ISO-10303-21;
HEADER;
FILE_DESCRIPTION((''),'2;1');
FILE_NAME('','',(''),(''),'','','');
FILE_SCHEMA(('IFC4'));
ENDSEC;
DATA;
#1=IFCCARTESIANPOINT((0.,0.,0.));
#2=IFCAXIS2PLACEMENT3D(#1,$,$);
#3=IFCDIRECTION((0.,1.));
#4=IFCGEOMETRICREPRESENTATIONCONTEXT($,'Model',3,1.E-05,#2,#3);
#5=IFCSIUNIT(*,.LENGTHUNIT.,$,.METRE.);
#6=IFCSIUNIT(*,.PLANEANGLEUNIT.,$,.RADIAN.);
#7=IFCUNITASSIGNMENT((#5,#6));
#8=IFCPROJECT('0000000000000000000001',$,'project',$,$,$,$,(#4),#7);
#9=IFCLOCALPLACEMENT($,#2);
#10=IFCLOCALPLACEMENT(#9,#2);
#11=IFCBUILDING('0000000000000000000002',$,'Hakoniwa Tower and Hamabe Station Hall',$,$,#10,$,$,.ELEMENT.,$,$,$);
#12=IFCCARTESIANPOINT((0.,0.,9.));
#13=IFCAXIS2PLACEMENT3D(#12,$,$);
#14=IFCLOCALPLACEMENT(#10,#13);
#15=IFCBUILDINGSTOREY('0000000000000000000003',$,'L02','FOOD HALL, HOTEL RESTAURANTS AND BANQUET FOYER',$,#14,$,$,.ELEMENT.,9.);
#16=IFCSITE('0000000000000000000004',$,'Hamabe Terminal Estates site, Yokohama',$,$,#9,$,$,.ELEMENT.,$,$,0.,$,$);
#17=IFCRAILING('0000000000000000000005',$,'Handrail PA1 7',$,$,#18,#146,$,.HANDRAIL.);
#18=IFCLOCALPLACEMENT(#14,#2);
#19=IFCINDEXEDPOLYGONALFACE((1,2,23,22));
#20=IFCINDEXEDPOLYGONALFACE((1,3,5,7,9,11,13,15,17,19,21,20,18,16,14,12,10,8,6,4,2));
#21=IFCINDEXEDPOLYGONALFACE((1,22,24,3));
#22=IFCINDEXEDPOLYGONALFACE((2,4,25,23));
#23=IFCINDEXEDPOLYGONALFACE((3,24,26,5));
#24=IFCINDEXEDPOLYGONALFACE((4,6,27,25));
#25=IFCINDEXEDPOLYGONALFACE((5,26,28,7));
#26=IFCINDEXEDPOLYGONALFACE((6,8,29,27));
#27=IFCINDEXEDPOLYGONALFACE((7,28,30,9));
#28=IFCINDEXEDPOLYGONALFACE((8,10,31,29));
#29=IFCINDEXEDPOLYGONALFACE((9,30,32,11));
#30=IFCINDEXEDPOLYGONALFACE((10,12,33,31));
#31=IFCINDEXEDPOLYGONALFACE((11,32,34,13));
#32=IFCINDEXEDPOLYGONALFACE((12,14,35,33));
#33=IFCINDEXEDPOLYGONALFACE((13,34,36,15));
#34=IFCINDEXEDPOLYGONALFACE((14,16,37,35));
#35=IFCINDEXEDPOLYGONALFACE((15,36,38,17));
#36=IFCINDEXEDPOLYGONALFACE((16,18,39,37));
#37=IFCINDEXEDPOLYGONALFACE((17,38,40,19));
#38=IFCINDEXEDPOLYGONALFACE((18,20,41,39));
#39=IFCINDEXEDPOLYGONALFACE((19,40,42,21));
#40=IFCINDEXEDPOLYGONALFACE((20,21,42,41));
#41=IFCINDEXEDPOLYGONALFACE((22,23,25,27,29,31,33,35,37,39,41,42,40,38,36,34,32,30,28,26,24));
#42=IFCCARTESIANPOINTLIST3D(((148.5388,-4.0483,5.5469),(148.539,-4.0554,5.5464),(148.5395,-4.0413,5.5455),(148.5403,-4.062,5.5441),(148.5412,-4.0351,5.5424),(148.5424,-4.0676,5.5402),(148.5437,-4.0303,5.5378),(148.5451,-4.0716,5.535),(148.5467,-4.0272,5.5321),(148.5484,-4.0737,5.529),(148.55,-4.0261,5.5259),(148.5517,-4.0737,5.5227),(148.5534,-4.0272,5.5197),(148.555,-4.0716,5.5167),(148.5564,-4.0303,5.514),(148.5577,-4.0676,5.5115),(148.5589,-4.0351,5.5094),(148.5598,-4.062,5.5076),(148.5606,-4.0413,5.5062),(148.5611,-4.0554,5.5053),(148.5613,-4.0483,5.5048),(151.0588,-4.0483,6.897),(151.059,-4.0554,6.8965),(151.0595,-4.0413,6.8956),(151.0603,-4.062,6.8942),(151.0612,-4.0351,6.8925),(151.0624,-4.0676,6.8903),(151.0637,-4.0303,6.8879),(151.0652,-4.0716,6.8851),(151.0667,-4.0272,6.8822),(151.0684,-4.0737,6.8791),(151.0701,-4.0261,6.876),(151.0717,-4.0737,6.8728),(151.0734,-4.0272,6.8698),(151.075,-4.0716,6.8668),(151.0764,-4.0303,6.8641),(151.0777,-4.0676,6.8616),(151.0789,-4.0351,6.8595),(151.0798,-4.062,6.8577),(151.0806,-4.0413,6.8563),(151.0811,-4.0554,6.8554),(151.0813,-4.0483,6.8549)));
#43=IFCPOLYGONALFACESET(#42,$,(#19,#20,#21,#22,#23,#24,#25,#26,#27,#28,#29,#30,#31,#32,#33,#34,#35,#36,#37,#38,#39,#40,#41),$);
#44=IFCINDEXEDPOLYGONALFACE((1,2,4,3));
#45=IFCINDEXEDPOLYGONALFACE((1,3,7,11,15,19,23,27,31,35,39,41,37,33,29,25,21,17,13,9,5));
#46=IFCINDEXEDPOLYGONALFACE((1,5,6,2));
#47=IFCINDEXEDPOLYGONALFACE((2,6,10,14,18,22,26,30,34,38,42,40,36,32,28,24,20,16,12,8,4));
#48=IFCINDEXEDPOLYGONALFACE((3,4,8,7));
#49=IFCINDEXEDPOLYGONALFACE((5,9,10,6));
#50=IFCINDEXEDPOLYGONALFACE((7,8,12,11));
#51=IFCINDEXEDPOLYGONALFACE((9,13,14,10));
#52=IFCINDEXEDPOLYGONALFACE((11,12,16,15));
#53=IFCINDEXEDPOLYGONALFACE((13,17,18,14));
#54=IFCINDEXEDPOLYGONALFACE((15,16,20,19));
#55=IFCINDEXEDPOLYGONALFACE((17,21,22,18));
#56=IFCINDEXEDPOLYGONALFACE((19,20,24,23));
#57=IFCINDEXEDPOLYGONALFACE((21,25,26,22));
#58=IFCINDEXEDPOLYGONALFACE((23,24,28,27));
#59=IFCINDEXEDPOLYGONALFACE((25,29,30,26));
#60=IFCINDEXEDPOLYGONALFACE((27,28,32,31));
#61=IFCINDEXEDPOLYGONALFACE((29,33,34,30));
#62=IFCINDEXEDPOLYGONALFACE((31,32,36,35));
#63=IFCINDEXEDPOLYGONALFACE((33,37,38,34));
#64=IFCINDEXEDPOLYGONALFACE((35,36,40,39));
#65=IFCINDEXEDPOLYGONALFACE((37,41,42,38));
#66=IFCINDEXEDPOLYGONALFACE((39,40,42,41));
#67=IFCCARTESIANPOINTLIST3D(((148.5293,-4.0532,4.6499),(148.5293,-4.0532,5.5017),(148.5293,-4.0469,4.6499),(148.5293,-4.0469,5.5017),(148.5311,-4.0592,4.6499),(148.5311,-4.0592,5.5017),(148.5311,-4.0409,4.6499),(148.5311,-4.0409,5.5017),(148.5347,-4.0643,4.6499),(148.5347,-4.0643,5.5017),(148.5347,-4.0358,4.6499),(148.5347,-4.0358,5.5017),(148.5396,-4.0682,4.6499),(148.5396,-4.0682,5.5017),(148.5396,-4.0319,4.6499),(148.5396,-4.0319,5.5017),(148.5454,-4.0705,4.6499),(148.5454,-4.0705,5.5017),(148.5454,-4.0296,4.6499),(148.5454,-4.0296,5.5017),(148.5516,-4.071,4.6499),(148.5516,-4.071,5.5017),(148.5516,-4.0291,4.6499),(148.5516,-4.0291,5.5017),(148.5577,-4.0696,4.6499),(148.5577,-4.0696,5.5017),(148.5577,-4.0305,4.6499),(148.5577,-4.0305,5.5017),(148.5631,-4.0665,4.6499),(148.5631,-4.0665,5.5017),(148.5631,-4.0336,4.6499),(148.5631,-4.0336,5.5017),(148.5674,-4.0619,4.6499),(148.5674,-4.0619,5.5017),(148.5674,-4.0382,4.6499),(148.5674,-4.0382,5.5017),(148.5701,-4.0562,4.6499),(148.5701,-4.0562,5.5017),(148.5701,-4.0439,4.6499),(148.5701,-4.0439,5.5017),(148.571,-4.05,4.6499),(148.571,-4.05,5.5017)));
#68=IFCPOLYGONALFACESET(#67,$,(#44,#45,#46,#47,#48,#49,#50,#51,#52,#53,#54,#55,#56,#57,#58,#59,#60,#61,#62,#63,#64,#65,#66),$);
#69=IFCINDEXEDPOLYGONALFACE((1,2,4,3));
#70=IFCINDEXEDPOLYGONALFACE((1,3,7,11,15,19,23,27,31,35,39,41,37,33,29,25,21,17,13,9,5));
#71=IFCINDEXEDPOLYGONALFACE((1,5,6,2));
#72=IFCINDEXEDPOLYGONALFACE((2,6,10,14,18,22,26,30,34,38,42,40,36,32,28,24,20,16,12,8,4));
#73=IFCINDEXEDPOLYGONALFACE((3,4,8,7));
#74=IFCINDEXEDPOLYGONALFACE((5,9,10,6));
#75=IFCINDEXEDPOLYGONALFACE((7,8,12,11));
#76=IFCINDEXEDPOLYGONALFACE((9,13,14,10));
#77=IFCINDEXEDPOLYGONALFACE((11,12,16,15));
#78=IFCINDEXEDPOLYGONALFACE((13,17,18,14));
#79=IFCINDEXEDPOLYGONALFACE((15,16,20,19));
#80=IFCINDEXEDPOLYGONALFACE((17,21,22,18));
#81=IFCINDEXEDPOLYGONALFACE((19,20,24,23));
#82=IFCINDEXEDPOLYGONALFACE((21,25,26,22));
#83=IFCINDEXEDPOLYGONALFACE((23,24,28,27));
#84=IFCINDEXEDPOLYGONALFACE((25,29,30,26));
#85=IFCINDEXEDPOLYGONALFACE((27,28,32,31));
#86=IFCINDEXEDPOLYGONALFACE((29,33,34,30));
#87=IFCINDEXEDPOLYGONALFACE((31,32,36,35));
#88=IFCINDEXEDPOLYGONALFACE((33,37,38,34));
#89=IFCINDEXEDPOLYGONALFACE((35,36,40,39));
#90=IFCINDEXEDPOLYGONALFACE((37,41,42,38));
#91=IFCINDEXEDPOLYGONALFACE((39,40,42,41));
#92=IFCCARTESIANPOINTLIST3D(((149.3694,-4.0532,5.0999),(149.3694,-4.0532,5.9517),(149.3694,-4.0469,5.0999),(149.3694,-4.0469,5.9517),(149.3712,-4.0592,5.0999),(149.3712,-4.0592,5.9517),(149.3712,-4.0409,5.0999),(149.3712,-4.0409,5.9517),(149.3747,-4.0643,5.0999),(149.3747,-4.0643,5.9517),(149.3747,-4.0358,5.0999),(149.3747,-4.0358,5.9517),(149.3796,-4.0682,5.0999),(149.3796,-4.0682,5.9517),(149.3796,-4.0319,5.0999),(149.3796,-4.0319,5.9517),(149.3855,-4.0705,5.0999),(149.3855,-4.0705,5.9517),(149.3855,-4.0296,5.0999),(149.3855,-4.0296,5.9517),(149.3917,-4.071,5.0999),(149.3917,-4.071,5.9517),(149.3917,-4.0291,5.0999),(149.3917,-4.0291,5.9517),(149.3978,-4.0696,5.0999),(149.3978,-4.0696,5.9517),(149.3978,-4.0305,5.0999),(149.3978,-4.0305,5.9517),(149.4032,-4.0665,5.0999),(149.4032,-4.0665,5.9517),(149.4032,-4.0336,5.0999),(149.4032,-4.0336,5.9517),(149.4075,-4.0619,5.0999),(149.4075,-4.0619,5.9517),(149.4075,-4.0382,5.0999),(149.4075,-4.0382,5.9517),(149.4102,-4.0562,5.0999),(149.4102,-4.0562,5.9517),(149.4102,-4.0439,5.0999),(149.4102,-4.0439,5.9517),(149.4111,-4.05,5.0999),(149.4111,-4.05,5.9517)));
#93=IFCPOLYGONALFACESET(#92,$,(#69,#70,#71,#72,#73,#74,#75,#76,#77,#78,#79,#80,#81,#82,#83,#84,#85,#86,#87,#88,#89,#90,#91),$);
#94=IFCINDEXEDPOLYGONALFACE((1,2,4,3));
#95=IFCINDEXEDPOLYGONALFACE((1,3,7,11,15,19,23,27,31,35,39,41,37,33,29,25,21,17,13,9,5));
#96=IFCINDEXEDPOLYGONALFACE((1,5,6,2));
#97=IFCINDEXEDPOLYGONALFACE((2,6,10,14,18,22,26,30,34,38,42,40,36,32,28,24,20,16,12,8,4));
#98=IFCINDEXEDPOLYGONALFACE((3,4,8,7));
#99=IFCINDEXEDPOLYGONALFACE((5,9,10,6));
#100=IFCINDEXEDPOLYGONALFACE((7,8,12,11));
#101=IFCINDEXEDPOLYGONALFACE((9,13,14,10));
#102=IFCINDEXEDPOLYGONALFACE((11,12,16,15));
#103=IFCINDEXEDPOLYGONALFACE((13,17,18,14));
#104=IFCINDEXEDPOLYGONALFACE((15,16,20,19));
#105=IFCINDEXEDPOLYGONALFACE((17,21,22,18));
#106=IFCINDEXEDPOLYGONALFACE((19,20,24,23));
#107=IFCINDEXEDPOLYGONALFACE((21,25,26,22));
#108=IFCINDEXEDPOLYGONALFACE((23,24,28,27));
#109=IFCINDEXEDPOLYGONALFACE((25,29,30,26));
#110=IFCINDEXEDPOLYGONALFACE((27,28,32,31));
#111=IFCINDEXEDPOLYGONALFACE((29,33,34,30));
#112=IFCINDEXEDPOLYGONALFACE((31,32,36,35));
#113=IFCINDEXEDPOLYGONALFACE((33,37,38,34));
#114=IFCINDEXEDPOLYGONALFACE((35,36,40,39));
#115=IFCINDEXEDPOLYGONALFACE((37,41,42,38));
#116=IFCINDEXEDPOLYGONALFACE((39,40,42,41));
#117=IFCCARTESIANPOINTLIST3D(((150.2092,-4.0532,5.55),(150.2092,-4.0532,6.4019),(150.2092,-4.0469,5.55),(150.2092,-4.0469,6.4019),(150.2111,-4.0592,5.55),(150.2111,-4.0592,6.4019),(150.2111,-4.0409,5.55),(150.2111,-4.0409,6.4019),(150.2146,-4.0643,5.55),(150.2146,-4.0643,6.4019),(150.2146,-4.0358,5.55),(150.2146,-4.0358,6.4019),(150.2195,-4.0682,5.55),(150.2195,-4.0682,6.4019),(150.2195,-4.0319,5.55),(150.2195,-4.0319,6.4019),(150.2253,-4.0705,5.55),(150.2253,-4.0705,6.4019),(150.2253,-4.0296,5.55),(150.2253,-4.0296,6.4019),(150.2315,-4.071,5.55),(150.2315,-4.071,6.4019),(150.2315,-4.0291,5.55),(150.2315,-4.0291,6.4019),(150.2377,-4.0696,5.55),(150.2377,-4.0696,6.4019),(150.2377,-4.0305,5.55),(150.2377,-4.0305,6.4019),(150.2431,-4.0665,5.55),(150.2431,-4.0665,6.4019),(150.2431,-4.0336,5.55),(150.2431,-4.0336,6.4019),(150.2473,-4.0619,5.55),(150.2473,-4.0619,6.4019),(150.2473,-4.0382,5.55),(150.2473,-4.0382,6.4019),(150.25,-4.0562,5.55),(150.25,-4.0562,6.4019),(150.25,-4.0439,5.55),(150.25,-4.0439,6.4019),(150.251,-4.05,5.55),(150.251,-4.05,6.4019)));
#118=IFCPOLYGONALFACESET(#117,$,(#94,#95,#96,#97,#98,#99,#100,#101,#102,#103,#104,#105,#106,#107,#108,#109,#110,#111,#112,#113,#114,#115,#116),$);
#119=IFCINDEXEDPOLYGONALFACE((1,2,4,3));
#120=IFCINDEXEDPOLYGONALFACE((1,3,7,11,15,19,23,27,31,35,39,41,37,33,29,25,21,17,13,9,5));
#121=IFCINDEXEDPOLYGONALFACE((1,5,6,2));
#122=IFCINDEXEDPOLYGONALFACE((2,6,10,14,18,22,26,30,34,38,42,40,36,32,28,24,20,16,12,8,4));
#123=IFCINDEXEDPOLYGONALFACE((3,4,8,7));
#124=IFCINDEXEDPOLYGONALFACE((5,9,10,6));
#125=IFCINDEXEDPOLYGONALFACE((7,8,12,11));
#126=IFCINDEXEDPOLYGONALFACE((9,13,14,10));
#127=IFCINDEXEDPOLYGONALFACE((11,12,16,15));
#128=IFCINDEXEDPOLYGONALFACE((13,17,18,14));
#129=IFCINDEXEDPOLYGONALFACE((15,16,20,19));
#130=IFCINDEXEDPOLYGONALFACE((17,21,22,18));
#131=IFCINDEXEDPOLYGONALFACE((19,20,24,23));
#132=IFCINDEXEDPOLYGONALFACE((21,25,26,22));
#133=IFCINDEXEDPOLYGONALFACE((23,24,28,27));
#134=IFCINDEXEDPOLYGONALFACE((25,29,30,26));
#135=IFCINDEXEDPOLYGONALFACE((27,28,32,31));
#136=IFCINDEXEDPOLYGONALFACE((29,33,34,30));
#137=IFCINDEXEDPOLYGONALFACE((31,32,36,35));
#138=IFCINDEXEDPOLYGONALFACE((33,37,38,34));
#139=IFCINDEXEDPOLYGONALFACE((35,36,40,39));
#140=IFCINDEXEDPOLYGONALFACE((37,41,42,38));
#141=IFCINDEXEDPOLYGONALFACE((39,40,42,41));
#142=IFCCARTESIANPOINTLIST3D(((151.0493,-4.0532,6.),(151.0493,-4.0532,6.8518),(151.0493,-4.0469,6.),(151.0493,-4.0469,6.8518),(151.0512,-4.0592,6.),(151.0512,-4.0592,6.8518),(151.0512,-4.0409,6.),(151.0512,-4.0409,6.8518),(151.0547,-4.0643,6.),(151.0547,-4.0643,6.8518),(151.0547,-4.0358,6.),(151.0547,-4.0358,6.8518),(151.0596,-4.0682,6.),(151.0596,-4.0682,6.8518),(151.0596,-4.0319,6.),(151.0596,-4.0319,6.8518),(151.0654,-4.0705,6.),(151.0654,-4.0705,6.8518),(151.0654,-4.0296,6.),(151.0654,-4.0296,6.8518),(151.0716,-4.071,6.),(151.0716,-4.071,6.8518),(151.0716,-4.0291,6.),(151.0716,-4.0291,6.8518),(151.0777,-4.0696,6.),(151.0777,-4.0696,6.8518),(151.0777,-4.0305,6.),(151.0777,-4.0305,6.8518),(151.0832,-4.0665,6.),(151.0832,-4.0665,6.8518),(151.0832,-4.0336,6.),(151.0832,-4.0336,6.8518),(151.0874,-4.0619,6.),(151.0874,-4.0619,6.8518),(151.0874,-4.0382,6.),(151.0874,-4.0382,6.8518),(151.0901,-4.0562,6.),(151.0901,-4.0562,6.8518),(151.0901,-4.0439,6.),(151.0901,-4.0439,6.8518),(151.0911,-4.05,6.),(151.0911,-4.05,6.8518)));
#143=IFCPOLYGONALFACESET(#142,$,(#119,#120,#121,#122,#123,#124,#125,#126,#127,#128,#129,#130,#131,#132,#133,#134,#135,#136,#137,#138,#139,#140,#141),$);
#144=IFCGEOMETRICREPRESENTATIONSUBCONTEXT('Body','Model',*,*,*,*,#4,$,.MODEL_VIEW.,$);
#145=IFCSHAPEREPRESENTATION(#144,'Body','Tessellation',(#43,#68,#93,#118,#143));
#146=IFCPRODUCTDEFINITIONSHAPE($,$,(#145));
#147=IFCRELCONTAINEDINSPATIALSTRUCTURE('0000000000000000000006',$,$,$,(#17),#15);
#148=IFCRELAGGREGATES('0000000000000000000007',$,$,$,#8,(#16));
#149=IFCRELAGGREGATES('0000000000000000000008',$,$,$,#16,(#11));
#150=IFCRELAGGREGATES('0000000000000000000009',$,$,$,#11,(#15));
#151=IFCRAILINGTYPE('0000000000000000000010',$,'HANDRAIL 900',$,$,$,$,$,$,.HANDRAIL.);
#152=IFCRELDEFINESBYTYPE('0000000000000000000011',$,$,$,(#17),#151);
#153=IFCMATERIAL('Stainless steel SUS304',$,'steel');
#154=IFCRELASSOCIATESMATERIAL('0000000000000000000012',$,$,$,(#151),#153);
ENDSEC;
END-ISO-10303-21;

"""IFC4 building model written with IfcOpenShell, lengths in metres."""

from ifc_helpers import new_model, si_unit, direction, frame, origin, origin_2d, place, context, subcontext, project, spatial, circle, extrude, material, type_object, element, save


model = new_model("IFC4")

# Units and contexts
model_context = context("Model", 3, precision=1e-05, world=origin(), true_north=direction((0.0, 1.0)))
body_context = subcontext(model_context, "Body", "Model", "MODEL_VIEW")
ifc_project = project(units=[si_unit("LENGTHUNIT", "METRE"), si_unit("PLANEANGLEUNIT", "RADIAN")], contexts=[model_context])

# Site, building, storey
site_placement = place(None, origin())
site = spatial("IfcSite", under=ifc_project, at=site_placement, Name="Hamabe Terminal Estates site, Yokohama", CompositionType="ELEMENT", RefElevation=0.0)
building_placement = place(site_placement, origin())
building = spatial("IfcBuilding", under=site, at=building_placement, Name="Hakoniwa Tower and Hamabe Station Hall", CompositionType="ELEMENT")
storey_placement = place(building_placement, frame((0.0, 0.0, 9.0)))
storey = spatial("IfcBuildingStorey", under=building, at=storey_placement, Name="L02", Description="FOOD HALL, HOTEL RESTAURANTS AND BANQUET FOYER", CompositionType="ELEMENT", Elevation=9.0)

# Railing
ifc_material_1 = material(Name="Stainless steel SUS304", Category="steel")
railing_type_1 = type_object("IfcRailingType", Name="HANDRAIL 900", PredefinedType="HANDRAIL", material=ifc_material_1)
for number, where, name in (
    (1, (148.55, -4.05, 4.6499), "Handrail PA1 7"),
):
    element("IfcRailing", number, at=place(storey_placement, frame(where)), inside=storey, type_object=railing_type_1, Name=name, PredefinedType="HANDRAIL", context=body_context, shape_type="SweptSolid", body=[
        extrude(circle(Radius=0.0239, at=origin_2d()), frame((0.0, 0.0, 0.876), z_axis=(0.881467, 0.0, 0.472245), x_axis=(0.0, 1.0, 0.0)), (0.0, 0.0, 1.0), 2.8589),
        extrude(circle(Radius=0.021, at=origin_2d()), origin(), (0.0, 0.0, 1.0), 0.8518),
        extrude(circle(Radius=0.021, at=origin_2d()), frame((0.8401, 0.0, 0.45)), (0.0, 0.0, 1.0), 0.8518),
        extrude(circle(Radius=0.021, at=origin_2d()), frame((1.6799, 0.0, 0.9001)), (0.0, 0.0, 1.0), 0.8518),
        extrude(circle(Radius=0.021, at=origin_2d()), frame((2.52, 0.0, 1.3501)), (0.0, 0.0, 1.0), 0.8518),
    ])

save(model, "model.ifc")
